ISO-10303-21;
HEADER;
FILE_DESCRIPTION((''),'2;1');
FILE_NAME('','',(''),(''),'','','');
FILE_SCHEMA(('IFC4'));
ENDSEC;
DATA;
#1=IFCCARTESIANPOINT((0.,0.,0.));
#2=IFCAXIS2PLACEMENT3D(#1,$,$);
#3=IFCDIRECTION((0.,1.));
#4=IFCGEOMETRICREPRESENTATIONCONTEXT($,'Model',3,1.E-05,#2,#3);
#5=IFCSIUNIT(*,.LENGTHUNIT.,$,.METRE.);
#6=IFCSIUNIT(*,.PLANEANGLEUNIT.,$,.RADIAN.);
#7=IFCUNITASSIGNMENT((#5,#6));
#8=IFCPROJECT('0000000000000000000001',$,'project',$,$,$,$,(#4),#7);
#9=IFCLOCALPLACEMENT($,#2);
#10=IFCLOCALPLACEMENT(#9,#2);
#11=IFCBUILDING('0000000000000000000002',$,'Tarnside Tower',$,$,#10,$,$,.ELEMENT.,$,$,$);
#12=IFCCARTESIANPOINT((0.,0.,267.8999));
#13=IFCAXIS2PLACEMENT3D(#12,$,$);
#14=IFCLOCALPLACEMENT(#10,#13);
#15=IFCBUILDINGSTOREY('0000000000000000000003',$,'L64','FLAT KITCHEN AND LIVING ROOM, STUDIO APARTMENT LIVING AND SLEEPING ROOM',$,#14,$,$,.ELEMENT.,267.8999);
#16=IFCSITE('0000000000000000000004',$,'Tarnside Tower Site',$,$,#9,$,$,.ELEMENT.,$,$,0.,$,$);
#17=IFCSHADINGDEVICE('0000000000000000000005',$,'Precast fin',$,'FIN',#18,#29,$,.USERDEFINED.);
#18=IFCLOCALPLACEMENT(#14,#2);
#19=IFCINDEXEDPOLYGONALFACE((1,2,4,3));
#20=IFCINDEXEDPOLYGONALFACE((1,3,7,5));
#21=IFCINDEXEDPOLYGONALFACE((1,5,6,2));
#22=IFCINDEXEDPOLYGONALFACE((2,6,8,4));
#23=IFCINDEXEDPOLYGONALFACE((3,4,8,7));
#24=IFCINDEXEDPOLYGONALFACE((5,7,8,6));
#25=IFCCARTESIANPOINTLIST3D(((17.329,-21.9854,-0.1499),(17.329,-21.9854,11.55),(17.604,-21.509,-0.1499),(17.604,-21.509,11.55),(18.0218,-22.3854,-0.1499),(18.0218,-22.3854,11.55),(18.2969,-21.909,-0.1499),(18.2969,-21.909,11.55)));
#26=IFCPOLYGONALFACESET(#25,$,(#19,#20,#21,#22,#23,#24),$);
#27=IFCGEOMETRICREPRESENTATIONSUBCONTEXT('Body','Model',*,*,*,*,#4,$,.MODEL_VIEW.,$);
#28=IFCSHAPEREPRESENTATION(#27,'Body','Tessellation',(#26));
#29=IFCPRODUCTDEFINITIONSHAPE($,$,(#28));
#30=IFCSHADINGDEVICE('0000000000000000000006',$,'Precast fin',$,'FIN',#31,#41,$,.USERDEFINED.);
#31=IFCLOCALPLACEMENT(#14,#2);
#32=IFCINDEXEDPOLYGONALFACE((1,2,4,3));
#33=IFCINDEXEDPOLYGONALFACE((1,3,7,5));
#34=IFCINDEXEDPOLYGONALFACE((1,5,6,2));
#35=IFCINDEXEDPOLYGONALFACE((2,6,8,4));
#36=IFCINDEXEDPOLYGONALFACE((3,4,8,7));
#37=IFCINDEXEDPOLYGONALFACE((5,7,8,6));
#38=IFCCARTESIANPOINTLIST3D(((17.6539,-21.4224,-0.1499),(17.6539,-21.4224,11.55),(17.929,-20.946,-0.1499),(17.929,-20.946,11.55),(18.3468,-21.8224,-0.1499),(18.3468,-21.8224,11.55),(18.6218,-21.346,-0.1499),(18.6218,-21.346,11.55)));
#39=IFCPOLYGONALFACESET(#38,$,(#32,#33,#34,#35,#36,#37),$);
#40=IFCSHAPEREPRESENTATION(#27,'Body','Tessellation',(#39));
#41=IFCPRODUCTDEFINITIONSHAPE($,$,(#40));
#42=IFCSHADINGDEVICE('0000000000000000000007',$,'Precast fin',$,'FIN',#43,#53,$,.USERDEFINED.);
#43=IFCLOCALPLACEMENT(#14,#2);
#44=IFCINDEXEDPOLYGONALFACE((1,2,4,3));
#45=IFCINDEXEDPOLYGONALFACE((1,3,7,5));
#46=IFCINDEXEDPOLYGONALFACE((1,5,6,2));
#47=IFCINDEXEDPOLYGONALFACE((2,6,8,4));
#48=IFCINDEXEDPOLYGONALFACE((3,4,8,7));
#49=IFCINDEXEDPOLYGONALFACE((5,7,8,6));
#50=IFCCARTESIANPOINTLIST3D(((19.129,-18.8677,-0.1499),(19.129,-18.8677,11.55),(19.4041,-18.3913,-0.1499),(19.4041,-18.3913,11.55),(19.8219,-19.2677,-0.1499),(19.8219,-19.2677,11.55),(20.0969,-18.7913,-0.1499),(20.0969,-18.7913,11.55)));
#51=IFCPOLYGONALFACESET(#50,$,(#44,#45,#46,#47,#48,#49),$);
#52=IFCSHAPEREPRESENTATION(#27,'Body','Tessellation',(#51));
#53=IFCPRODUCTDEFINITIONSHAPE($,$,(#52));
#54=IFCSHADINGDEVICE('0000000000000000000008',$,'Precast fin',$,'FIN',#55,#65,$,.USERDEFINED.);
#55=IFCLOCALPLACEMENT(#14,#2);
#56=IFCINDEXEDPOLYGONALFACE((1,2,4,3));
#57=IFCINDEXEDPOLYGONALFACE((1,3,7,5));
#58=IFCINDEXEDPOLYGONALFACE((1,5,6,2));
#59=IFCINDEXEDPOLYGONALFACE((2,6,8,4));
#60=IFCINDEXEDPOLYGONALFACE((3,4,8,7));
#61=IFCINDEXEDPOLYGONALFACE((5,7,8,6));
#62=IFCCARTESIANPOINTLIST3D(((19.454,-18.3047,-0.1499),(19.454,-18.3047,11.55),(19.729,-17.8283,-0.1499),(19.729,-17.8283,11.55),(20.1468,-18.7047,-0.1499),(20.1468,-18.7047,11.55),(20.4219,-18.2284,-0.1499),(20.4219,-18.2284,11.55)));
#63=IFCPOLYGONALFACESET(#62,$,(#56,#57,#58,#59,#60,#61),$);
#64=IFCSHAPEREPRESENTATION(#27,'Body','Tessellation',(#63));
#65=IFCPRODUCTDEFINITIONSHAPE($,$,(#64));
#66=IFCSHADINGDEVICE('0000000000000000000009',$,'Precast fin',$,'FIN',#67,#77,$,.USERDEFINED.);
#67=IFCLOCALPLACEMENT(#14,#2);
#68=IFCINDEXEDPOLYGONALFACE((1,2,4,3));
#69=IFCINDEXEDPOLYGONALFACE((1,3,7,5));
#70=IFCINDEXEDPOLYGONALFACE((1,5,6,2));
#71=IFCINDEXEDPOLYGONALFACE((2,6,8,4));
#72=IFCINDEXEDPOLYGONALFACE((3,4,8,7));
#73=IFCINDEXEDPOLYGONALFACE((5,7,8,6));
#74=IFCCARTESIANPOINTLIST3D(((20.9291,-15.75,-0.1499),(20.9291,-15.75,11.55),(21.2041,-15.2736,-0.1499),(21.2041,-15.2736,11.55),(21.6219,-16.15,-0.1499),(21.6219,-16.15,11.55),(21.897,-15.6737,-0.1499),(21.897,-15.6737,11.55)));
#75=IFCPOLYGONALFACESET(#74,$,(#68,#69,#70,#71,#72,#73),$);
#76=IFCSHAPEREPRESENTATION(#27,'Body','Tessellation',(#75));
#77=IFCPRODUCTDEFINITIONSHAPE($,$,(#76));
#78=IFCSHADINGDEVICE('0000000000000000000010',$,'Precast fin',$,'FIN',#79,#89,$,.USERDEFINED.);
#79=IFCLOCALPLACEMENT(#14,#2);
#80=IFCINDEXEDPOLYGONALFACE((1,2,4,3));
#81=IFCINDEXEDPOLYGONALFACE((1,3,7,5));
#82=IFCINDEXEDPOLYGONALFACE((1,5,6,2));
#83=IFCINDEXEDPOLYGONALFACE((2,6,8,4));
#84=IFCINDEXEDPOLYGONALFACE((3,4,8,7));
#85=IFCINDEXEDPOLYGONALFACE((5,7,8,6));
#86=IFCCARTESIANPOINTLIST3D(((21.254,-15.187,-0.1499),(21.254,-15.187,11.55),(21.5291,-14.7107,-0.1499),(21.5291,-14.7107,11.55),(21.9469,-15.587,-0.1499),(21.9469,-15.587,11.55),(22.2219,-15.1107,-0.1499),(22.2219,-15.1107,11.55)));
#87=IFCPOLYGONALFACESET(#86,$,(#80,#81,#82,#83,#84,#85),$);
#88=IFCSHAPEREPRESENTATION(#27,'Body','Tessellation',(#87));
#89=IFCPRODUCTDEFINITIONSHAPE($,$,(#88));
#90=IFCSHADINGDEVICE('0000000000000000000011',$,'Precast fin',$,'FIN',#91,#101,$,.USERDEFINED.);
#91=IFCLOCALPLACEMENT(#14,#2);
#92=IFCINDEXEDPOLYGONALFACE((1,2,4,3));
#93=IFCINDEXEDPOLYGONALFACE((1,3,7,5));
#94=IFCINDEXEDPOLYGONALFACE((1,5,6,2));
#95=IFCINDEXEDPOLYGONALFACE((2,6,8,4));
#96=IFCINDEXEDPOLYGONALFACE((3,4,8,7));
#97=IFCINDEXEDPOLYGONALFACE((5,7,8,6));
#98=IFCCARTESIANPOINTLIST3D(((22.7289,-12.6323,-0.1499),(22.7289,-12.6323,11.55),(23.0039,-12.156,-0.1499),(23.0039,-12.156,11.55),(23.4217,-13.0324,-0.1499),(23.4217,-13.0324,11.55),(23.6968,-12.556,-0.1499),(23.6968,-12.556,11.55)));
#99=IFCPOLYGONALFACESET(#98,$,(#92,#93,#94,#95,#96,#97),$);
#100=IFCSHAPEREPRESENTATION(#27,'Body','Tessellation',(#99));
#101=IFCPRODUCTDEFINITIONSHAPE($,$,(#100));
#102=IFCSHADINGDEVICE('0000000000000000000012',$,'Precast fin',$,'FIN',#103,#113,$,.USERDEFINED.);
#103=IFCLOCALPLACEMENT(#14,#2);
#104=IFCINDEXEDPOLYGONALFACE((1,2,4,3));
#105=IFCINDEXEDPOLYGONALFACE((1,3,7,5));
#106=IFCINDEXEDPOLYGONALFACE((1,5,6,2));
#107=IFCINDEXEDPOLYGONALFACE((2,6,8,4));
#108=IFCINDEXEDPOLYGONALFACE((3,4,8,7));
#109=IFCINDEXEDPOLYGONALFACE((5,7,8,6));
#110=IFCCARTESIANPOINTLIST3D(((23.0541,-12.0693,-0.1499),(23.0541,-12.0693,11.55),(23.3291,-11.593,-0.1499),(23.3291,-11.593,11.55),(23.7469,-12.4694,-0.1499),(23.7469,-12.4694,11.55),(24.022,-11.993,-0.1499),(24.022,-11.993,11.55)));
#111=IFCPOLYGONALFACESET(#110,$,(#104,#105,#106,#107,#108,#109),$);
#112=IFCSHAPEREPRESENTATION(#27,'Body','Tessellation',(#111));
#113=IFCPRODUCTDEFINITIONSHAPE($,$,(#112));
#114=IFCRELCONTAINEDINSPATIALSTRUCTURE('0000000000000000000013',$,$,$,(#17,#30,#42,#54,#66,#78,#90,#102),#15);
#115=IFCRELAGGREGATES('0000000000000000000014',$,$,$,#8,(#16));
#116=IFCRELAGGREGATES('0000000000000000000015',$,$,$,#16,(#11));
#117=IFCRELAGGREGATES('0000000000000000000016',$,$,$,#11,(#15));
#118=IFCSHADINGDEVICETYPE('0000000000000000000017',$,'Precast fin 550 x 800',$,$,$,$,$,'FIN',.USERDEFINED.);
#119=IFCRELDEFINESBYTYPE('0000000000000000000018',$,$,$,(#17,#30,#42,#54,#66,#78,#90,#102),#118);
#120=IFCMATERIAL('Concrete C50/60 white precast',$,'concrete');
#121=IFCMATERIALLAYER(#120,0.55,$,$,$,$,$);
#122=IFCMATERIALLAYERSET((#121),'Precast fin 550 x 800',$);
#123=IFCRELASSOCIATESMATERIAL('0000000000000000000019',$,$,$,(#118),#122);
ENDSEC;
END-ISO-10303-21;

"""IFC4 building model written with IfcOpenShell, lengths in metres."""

from ifc_helpers import new_model, si_unit, direction, frame, origin, place, context, subcontext, project, spatial, polyline, outline, extrude, material, layer, layer_set, type_object, element, save


model = new_model("IFC4")

# Units and contexts
model_context = context("Model", 3, precision=1e-05, world=origin(), true_north=direction((0.0, 1.0)))
body_context = subcontext(model_context, "Body", "Model", "MODEL_VIEW")
ifc_project = project(units=[si_unit("LENGTHUNIT", "METRE"), si_unit("PLANEANGLEUNIT", "RADIAN")], contexts=[model_context])

# Site, building, storey
site_placement = place(None, origin())
site = spatial("IfcSite", under=ifc_project, at=site_placement, Name="Tarnside Tower Site", CompositionType="ELEMENT", RefElevation=0.0)
building_placement = place(site_placement, origin())
building = spatial("IfcBuilding", under=site, at=building_placement, Name="Tarnside Tower", CompositionType="ELEMENT")
storey_placement = place(building_placement, frame((0.0, 0.0, 267.8999)))
storey = spatial("IfcBuildingStorey", under=building, at=storey_placement, Name="L64", Description="FLAT KITCHEN AND LIVING ROOM, STUDIO APARTMENT LIVING AND SLEEPING ROOM", CompositionType="ELEMENT", Elevation=267.8999)

# Shading devices
ifc_material_1 = material(Name="Concrete C50/60 white precast", Category="concrete")
ifc_layer_1 = layer(ifc_material_1, 0.55)
ifc_layer_set_1 = layer_set([ifc_layer_1], Name="Precast fin 550 x 800")
shading_device_type_1 = type_object("IfcShadingDeviceType", Name="Precast fin 550 x 800", ElementType="FIN", PredefinedType="USERDEFINED", material=ifc_layer_set_1)
for number, where, z_axis, x_axis, name in (
    (1, (17.4666, -21.7471, -0.1499), (-0.5, -0.866025, 0.0), (0.866025, -0.5, 0.0), "Precast fin"),
    (2, (17.7915, -21.1841, -0.1499), (-0.5, -0.866025, 0.0), (0.866025, -0.5, 0.0), "Precast fin"),
    (3, (19.2666, -18.6294, -0.1499), (-0.5, -0.866025, 0.0), (0.866025, -0.5, 0.0), "Precast fin"),
    (4, (19.5916, -18.0664, -0.1499), (-0.5, -0.866025, 0.0), (0.866025, -0.5, 0.0), "Precast fin"),
    (5, (21.0667, -15.5117, -0.1499), (-0.5, -0.866025, 0.0), (0.866025, -0.5, 0.0), "Precast fin"),
    (6, (21.3916, -14.9487, -0.1499), (-0.5, -0.866025, 0.0), (0.866025, -0.5, 0.0), "Precast fin"),
    (7, (22.8665, -12.394, -0.1499), (-0.5, -0.866025, 0.0), (0.866025, -0.5, 0.0), "Precast fin"),
    (8, (23.1917, -11.8311, -0.1499), (-0.5, -0.866025, 0.0), (0.866025, -0.5, 0.0), "Precast fin"),
):
    element("IfcShadingDevice", number, at=place(storey_placement, frame(where, z_axis=z_axis, x_axis=x_axis)), inside=storey, type_object=shading_device_type_1, Name=name, ObjectType="FIN", PredefinedType="USERDEFINED", context=body_context, shape_type="SweptSolid", body=[
        extrude(outline(polyline([(0.0, 0.0), (0.8, 0.0), (0.8, 11.7), (0.0, 11.7), (0.0, 0.0)])), frame((0.0, 0.0, -0.2749)), (0.0, 0.0, 1.0), 0.55),
    ])

save(model, "model.ifc")
